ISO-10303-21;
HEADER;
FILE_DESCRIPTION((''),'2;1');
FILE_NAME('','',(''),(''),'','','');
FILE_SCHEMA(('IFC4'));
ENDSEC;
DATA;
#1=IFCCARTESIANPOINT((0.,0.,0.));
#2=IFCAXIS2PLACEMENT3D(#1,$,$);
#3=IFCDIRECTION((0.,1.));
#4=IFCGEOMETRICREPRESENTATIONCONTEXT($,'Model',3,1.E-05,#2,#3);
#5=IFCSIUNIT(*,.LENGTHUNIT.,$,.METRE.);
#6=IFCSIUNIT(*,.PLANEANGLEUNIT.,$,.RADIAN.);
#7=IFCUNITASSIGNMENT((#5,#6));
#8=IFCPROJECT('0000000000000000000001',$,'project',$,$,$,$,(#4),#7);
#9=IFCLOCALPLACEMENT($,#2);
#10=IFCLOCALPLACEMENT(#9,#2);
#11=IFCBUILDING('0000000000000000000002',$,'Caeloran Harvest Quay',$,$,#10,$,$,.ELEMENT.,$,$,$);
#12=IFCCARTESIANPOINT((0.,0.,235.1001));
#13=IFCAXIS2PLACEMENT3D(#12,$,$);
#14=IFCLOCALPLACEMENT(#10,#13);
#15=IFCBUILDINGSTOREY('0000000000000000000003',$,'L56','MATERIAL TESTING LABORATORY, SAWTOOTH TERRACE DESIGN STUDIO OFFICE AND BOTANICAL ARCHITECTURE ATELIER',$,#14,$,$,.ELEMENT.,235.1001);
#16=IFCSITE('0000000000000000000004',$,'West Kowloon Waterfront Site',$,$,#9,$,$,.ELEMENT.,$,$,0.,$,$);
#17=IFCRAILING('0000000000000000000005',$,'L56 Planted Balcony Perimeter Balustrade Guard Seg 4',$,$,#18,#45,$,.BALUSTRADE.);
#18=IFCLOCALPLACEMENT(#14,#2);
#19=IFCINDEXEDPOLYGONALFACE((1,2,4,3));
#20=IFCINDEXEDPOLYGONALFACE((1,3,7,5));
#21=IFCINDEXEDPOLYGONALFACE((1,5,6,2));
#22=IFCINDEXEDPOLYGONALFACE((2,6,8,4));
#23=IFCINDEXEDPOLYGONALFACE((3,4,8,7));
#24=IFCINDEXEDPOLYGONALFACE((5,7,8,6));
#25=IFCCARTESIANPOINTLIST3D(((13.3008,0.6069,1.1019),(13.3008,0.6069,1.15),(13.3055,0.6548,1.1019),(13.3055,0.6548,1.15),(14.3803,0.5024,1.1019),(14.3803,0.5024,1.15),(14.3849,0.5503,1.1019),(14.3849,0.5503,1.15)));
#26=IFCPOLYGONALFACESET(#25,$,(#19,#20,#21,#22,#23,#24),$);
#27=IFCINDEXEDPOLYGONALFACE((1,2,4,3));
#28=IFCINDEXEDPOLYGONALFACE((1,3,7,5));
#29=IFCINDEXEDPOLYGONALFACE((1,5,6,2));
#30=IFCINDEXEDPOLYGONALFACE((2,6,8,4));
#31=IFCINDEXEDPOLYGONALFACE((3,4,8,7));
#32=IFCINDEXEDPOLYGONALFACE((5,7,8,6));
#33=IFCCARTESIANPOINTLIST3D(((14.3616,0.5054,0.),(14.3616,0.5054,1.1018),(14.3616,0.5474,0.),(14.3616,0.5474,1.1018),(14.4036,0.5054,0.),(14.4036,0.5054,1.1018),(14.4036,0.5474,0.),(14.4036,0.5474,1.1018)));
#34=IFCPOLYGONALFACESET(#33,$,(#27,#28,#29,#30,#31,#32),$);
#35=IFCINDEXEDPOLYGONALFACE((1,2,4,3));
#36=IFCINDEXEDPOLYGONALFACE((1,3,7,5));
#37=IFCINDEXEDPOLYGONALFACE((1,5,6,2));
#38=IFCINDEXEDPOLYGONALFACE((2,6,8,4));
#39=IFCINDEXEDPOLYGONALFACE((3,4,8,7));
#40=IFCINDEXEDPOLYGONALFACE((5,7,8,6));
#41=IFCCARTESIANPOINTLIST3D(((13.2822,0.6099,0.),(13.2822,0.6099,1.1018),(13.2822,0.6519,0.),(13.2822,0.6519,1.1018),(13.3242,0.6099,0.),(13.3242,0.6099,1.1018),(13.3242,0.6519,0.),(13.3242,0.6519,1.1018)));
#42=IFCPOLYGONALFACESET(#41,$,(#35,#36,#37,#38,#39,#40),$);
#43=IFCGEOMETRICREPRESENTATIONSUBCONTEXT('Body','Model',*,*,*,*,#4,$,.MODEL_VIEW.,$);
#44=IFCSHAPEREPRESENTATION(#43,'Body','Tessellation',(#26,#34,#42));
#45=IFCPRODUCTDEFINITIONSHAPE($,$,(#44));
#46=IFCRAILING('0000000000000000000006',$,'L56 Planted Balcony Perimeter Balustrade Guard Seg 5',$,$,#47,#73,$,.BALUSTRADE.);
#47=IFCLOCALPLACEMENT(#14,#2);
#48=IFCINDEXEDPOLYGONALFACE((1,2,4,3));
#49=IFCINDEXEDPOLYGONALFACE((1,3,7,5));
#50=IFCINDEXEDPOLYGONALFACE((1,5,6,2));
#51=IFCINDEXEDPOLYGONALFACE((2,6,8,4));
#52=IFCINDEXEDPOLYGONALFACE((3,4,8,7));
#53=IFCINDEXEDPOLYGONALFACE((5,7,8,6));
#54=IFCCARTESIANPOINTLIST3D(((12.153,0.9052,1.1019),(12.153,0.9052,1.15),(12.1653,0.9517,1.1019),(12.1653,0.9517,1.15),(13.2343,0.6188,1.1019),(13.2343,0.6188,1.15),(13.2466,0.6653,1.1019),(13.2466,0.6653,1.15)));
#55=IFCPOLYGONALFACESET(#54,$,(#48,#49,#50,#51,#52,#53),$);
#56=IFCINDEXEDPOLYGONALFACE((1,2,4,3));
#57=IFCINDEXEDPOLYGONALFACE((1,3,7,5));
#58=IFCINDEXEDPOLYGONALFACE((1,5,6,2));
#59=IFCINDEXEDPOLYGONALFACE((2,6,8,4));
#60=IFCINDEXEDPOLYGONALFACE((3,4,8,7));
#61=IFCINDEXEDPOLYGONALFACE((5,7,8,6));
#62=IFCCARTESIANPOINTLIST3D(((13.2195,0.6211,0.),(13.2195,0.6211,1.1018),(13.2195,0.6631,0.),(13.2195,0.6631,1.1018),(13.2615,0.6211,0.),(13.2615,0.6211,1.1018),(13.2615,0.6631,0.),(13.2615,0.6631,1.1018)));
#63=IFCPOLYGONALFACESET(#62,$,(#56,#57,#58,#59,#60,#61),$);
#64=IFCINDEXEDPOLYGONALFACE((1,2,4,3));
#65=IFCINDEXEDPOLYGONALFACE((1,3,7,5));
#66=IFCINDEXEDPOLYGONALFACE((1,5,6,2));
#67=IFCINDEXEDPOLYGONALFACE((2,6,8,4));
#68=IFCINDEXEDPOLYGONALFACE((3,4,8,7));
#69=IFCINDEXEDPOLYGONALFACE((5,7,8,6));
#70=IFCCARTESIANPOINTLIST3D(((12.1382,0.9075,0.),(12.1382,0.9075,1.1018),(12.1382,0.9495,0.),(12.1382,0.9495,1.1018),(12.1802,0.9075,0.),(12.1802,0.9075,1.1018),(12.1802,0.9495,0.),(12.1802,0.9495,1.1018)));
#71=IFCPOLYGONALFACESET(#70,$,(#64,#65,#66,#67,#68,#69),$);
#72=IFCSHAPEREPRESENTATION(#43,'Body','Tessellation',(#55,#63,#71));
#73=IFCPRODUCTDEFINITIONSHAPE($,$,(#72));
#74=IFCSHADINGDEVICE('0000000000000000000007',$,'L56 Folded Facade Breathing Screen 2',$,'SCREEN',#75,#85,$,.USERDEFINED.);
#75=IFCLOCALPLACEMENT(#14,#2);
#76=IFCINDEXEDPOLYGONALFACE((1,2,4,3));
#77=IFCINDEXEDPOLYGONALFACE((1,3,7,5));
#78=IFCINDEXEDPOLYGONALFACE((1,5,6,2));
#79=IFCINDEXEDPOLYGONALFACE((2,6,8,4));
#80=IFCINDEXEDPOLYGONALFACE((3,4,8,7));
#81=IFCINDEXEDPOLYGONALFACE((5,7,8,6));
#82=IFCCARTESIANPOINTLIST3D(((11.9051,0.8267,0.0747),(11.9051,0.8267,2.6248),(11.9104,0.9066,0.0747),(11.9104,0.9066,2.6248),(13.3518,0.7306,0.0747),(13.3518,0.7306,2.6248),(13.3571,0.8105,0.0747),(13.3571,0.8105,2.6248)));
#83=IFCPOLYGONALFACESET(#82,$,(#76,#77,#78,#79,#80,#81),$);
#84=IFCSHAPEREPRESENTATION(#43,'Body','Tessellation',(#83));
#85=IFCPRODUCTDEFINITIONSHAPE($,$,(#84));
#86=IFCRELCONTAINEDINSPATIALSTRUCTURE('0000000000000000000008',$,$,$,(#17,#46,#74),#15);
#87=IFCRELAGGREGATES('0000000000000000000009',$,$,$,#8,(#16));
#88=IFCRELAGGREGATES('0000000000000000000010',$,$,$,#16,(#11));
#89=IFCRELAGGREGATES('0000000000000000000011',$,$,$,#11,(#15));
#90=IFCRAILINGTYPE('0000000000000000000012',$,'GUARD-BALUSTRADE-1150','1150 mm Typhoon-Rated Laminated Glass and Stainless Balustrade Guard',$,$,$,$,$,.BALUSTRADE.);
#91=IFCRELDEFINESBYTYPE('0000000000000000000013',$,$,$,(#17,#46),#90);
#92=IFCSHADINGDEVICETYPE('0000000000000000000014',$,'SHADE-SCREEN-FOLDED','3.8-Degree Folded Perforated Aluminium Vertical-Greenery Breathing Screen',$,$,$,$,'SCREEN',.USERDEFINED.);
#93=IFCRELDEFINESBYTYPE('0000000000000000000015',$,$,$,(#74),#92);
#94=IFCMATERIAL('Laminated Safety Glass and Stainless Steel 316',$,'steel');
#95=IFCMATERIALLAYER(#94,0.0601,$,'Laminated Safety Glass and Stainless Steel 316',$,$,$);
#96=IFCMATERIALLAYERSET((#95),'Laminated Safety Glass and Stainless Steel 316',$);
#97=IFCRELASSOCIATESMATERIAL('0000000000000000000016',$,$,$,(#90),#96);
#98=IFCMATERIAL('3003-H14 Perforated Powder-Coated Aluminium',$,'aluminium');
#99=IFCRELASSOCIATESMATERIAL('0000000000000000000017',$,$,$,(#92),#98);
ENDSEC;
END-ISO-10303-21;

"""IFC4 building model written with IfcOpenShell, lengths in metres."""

from ifc_helpers import new_model, si_unit, direction, frame, origin, origin_2d, place, context, subcontext, project, spatial, rectangle, extrude, material, layer, layer_set, type_object, element, save


model = new_model("IFC4")

# Units and contexts
model_context = context("Model", 3, precision=1e-05, world=origin(), true_north=direction((0.0, 1.0)))
body_context = subcontext(model_context, "Body", "Model", "MODEL_VIEW")
ifc_project = project(units=[si_unit("LENGTHUNIT", "METRE"), si_unit("PLANEANGLEUNIT", "RADIAN")], contexts=[model_context])

# Site, building, storey
site_placement = place(None, origin())
site = spatial("IfcSite", under=ifc_project, at=site_placement, Name="West Kowloon Waterfront Site", CompositionType="ELEMENT", RefElevation=0.0)
building_placement = place(site_placement, origin())
building = spatial("IfcBuilding", under=site, at=building_placement, Name="Caeloran Harvest Quay", CompositionType="ELEMENT")
storey_placement = place(building_placement, frame((0.0, 0.0, 235.1001)))
storey = spatial("IfcBuildingStorey", under=building, at=storey_placement, Name="L56", Description="MATERIAL TESTING LABORATORY, SAWTOOTH TERRACE DESIGN STUDIO OFFICE AND BOTANICAL ARCHITECTURE ATELIER", CompositionType="ELEMENT", Elevation=235.1001)

# Railings
ifc_material_1 = material(Name="Laminated Safety Glass and Stainless Steel 316", Category="steel")
ifc_layer_1 = layer(ifc_material_1, 0.0601, Name="Laminated Safety Glass and Stainless Steel 316")
ifc_layer_set_1 = layer_set([ifc_layer_1], Name="Laminated Safety Glass and Stainless Steel 316")
railing_type = type_object("IfcRailingType", Name="GUARD-BALUSTRADE-1150", Description="1150 mm Typhoon-Rated Laminated Glass and Stainless Balustrade Guard", PredefinedType="BALUSTRADE", material=ifc_layer_set_1)
railing_1_placement = place(storey_placement, frame((14.3826, 0.5264, 0.0)))
element("IfcRailing", 1, at=railing_1_placement, inside=storey, type_object=railing_type, Name="L56 Planted Balcony Perimeter Balustrade Guard Seg 4", PredefinedType="BALUSTRADE", context=body_context, shape_type="SweptSolid", body=[
    extrude(rectangle(XDim=0.0481, YDim=0.0481, at=origin_2d()), frame((0.0, 0.0, 1.126), z_axis=(-0.995347, 0.09636, 0.0), x_axis=(-0.09636, -0.995347, 0.0)), (0.0, 0.0, 1.0), 1.0845),
    extrude(rectangle(XDim=0.042, YDim=0.042, at=origin_2d()), origin(), (0.0, 0.0, 1.0), 1.1018),
    extrude(rectangle(XDim=0.042, YDim=0.042, at=origin_2d()), frame((-1.0793, 0.1045, 0.0)), (0.0, 0.0, 1.0), 1.1018),
])
railing_2_placement = place(storey_placement, frame((13.2405, 0.6421, 0.0)))
element("IfcRailing", 2, at=railing_2_placement, inside=storey, type_object=railing_type, Name="L56 Planted Balcony Perimeter Balustrade Guard Seg 5", PredefinedType="BALUSTRADE", context=body_context, shape_type="SweptSolid", body=[
    extrude(rectangle(XDim=0.0481, YDim=0.0481, at=origin_2d()), frame((0.0, 0.0, 1.126), z_axis=(-0.966672, 0.256019, 0.0), x_axis=(-0.256019, -0.966672, 0.0)), (0.0, 0.0, 1.0), 1.1187),
    extrude(rectangle(XDim=0.042, YDim=0.042, at=origin_2d()), origin(), (0.0, 0.0, 1.0), 1.1018),
    extrude(rectangle(XDim=0.042, YDim=0.042, at=origin_2d()), frame((-1.0813, 0.2864, 0.0)), (0.0, 0.0, 1.0), 1.1018),
])

# Shading device
ifc_material_2 = material(Name="3003-H14 Perforated Powder-Coated Aluminium", Category="aluminium")
shading_device_type = type_object("IfcShadingDeviceType", Name="SHADE-SCREEN-FOLDED", Description="3.8-Degree Folded Perforated Aluminium Vertical-Greenery Breathing Screen", ElementType="SCREEN", PredefinedType="USERDEFINED", material=ifc_material_2)
shading_device_placement = place(storey_placement, frame((12.6311, 0.8186, 0.0747), z_axis=(0.0, 0.0, 1.0), x_axis=(0.997801, -0.066274, 0.0)))
element("IfcShadingDevice", 3, at=shading_device_placement, inside=storey, type_object=shading_device_type, Name="L56 Folded Facade Breathing Screen 2", ObjectType="SCREEN", PredefinedType="USERDEFINED", context=body_context, shape_type="SweptSolid", body=[
    extrude(rectangle(XDim=1.45, YDim=0.0801, at=origin_2d()), origin(), (0.0, 0.0, 1.0), 2.55),
])

save(model, "model.ifc")
